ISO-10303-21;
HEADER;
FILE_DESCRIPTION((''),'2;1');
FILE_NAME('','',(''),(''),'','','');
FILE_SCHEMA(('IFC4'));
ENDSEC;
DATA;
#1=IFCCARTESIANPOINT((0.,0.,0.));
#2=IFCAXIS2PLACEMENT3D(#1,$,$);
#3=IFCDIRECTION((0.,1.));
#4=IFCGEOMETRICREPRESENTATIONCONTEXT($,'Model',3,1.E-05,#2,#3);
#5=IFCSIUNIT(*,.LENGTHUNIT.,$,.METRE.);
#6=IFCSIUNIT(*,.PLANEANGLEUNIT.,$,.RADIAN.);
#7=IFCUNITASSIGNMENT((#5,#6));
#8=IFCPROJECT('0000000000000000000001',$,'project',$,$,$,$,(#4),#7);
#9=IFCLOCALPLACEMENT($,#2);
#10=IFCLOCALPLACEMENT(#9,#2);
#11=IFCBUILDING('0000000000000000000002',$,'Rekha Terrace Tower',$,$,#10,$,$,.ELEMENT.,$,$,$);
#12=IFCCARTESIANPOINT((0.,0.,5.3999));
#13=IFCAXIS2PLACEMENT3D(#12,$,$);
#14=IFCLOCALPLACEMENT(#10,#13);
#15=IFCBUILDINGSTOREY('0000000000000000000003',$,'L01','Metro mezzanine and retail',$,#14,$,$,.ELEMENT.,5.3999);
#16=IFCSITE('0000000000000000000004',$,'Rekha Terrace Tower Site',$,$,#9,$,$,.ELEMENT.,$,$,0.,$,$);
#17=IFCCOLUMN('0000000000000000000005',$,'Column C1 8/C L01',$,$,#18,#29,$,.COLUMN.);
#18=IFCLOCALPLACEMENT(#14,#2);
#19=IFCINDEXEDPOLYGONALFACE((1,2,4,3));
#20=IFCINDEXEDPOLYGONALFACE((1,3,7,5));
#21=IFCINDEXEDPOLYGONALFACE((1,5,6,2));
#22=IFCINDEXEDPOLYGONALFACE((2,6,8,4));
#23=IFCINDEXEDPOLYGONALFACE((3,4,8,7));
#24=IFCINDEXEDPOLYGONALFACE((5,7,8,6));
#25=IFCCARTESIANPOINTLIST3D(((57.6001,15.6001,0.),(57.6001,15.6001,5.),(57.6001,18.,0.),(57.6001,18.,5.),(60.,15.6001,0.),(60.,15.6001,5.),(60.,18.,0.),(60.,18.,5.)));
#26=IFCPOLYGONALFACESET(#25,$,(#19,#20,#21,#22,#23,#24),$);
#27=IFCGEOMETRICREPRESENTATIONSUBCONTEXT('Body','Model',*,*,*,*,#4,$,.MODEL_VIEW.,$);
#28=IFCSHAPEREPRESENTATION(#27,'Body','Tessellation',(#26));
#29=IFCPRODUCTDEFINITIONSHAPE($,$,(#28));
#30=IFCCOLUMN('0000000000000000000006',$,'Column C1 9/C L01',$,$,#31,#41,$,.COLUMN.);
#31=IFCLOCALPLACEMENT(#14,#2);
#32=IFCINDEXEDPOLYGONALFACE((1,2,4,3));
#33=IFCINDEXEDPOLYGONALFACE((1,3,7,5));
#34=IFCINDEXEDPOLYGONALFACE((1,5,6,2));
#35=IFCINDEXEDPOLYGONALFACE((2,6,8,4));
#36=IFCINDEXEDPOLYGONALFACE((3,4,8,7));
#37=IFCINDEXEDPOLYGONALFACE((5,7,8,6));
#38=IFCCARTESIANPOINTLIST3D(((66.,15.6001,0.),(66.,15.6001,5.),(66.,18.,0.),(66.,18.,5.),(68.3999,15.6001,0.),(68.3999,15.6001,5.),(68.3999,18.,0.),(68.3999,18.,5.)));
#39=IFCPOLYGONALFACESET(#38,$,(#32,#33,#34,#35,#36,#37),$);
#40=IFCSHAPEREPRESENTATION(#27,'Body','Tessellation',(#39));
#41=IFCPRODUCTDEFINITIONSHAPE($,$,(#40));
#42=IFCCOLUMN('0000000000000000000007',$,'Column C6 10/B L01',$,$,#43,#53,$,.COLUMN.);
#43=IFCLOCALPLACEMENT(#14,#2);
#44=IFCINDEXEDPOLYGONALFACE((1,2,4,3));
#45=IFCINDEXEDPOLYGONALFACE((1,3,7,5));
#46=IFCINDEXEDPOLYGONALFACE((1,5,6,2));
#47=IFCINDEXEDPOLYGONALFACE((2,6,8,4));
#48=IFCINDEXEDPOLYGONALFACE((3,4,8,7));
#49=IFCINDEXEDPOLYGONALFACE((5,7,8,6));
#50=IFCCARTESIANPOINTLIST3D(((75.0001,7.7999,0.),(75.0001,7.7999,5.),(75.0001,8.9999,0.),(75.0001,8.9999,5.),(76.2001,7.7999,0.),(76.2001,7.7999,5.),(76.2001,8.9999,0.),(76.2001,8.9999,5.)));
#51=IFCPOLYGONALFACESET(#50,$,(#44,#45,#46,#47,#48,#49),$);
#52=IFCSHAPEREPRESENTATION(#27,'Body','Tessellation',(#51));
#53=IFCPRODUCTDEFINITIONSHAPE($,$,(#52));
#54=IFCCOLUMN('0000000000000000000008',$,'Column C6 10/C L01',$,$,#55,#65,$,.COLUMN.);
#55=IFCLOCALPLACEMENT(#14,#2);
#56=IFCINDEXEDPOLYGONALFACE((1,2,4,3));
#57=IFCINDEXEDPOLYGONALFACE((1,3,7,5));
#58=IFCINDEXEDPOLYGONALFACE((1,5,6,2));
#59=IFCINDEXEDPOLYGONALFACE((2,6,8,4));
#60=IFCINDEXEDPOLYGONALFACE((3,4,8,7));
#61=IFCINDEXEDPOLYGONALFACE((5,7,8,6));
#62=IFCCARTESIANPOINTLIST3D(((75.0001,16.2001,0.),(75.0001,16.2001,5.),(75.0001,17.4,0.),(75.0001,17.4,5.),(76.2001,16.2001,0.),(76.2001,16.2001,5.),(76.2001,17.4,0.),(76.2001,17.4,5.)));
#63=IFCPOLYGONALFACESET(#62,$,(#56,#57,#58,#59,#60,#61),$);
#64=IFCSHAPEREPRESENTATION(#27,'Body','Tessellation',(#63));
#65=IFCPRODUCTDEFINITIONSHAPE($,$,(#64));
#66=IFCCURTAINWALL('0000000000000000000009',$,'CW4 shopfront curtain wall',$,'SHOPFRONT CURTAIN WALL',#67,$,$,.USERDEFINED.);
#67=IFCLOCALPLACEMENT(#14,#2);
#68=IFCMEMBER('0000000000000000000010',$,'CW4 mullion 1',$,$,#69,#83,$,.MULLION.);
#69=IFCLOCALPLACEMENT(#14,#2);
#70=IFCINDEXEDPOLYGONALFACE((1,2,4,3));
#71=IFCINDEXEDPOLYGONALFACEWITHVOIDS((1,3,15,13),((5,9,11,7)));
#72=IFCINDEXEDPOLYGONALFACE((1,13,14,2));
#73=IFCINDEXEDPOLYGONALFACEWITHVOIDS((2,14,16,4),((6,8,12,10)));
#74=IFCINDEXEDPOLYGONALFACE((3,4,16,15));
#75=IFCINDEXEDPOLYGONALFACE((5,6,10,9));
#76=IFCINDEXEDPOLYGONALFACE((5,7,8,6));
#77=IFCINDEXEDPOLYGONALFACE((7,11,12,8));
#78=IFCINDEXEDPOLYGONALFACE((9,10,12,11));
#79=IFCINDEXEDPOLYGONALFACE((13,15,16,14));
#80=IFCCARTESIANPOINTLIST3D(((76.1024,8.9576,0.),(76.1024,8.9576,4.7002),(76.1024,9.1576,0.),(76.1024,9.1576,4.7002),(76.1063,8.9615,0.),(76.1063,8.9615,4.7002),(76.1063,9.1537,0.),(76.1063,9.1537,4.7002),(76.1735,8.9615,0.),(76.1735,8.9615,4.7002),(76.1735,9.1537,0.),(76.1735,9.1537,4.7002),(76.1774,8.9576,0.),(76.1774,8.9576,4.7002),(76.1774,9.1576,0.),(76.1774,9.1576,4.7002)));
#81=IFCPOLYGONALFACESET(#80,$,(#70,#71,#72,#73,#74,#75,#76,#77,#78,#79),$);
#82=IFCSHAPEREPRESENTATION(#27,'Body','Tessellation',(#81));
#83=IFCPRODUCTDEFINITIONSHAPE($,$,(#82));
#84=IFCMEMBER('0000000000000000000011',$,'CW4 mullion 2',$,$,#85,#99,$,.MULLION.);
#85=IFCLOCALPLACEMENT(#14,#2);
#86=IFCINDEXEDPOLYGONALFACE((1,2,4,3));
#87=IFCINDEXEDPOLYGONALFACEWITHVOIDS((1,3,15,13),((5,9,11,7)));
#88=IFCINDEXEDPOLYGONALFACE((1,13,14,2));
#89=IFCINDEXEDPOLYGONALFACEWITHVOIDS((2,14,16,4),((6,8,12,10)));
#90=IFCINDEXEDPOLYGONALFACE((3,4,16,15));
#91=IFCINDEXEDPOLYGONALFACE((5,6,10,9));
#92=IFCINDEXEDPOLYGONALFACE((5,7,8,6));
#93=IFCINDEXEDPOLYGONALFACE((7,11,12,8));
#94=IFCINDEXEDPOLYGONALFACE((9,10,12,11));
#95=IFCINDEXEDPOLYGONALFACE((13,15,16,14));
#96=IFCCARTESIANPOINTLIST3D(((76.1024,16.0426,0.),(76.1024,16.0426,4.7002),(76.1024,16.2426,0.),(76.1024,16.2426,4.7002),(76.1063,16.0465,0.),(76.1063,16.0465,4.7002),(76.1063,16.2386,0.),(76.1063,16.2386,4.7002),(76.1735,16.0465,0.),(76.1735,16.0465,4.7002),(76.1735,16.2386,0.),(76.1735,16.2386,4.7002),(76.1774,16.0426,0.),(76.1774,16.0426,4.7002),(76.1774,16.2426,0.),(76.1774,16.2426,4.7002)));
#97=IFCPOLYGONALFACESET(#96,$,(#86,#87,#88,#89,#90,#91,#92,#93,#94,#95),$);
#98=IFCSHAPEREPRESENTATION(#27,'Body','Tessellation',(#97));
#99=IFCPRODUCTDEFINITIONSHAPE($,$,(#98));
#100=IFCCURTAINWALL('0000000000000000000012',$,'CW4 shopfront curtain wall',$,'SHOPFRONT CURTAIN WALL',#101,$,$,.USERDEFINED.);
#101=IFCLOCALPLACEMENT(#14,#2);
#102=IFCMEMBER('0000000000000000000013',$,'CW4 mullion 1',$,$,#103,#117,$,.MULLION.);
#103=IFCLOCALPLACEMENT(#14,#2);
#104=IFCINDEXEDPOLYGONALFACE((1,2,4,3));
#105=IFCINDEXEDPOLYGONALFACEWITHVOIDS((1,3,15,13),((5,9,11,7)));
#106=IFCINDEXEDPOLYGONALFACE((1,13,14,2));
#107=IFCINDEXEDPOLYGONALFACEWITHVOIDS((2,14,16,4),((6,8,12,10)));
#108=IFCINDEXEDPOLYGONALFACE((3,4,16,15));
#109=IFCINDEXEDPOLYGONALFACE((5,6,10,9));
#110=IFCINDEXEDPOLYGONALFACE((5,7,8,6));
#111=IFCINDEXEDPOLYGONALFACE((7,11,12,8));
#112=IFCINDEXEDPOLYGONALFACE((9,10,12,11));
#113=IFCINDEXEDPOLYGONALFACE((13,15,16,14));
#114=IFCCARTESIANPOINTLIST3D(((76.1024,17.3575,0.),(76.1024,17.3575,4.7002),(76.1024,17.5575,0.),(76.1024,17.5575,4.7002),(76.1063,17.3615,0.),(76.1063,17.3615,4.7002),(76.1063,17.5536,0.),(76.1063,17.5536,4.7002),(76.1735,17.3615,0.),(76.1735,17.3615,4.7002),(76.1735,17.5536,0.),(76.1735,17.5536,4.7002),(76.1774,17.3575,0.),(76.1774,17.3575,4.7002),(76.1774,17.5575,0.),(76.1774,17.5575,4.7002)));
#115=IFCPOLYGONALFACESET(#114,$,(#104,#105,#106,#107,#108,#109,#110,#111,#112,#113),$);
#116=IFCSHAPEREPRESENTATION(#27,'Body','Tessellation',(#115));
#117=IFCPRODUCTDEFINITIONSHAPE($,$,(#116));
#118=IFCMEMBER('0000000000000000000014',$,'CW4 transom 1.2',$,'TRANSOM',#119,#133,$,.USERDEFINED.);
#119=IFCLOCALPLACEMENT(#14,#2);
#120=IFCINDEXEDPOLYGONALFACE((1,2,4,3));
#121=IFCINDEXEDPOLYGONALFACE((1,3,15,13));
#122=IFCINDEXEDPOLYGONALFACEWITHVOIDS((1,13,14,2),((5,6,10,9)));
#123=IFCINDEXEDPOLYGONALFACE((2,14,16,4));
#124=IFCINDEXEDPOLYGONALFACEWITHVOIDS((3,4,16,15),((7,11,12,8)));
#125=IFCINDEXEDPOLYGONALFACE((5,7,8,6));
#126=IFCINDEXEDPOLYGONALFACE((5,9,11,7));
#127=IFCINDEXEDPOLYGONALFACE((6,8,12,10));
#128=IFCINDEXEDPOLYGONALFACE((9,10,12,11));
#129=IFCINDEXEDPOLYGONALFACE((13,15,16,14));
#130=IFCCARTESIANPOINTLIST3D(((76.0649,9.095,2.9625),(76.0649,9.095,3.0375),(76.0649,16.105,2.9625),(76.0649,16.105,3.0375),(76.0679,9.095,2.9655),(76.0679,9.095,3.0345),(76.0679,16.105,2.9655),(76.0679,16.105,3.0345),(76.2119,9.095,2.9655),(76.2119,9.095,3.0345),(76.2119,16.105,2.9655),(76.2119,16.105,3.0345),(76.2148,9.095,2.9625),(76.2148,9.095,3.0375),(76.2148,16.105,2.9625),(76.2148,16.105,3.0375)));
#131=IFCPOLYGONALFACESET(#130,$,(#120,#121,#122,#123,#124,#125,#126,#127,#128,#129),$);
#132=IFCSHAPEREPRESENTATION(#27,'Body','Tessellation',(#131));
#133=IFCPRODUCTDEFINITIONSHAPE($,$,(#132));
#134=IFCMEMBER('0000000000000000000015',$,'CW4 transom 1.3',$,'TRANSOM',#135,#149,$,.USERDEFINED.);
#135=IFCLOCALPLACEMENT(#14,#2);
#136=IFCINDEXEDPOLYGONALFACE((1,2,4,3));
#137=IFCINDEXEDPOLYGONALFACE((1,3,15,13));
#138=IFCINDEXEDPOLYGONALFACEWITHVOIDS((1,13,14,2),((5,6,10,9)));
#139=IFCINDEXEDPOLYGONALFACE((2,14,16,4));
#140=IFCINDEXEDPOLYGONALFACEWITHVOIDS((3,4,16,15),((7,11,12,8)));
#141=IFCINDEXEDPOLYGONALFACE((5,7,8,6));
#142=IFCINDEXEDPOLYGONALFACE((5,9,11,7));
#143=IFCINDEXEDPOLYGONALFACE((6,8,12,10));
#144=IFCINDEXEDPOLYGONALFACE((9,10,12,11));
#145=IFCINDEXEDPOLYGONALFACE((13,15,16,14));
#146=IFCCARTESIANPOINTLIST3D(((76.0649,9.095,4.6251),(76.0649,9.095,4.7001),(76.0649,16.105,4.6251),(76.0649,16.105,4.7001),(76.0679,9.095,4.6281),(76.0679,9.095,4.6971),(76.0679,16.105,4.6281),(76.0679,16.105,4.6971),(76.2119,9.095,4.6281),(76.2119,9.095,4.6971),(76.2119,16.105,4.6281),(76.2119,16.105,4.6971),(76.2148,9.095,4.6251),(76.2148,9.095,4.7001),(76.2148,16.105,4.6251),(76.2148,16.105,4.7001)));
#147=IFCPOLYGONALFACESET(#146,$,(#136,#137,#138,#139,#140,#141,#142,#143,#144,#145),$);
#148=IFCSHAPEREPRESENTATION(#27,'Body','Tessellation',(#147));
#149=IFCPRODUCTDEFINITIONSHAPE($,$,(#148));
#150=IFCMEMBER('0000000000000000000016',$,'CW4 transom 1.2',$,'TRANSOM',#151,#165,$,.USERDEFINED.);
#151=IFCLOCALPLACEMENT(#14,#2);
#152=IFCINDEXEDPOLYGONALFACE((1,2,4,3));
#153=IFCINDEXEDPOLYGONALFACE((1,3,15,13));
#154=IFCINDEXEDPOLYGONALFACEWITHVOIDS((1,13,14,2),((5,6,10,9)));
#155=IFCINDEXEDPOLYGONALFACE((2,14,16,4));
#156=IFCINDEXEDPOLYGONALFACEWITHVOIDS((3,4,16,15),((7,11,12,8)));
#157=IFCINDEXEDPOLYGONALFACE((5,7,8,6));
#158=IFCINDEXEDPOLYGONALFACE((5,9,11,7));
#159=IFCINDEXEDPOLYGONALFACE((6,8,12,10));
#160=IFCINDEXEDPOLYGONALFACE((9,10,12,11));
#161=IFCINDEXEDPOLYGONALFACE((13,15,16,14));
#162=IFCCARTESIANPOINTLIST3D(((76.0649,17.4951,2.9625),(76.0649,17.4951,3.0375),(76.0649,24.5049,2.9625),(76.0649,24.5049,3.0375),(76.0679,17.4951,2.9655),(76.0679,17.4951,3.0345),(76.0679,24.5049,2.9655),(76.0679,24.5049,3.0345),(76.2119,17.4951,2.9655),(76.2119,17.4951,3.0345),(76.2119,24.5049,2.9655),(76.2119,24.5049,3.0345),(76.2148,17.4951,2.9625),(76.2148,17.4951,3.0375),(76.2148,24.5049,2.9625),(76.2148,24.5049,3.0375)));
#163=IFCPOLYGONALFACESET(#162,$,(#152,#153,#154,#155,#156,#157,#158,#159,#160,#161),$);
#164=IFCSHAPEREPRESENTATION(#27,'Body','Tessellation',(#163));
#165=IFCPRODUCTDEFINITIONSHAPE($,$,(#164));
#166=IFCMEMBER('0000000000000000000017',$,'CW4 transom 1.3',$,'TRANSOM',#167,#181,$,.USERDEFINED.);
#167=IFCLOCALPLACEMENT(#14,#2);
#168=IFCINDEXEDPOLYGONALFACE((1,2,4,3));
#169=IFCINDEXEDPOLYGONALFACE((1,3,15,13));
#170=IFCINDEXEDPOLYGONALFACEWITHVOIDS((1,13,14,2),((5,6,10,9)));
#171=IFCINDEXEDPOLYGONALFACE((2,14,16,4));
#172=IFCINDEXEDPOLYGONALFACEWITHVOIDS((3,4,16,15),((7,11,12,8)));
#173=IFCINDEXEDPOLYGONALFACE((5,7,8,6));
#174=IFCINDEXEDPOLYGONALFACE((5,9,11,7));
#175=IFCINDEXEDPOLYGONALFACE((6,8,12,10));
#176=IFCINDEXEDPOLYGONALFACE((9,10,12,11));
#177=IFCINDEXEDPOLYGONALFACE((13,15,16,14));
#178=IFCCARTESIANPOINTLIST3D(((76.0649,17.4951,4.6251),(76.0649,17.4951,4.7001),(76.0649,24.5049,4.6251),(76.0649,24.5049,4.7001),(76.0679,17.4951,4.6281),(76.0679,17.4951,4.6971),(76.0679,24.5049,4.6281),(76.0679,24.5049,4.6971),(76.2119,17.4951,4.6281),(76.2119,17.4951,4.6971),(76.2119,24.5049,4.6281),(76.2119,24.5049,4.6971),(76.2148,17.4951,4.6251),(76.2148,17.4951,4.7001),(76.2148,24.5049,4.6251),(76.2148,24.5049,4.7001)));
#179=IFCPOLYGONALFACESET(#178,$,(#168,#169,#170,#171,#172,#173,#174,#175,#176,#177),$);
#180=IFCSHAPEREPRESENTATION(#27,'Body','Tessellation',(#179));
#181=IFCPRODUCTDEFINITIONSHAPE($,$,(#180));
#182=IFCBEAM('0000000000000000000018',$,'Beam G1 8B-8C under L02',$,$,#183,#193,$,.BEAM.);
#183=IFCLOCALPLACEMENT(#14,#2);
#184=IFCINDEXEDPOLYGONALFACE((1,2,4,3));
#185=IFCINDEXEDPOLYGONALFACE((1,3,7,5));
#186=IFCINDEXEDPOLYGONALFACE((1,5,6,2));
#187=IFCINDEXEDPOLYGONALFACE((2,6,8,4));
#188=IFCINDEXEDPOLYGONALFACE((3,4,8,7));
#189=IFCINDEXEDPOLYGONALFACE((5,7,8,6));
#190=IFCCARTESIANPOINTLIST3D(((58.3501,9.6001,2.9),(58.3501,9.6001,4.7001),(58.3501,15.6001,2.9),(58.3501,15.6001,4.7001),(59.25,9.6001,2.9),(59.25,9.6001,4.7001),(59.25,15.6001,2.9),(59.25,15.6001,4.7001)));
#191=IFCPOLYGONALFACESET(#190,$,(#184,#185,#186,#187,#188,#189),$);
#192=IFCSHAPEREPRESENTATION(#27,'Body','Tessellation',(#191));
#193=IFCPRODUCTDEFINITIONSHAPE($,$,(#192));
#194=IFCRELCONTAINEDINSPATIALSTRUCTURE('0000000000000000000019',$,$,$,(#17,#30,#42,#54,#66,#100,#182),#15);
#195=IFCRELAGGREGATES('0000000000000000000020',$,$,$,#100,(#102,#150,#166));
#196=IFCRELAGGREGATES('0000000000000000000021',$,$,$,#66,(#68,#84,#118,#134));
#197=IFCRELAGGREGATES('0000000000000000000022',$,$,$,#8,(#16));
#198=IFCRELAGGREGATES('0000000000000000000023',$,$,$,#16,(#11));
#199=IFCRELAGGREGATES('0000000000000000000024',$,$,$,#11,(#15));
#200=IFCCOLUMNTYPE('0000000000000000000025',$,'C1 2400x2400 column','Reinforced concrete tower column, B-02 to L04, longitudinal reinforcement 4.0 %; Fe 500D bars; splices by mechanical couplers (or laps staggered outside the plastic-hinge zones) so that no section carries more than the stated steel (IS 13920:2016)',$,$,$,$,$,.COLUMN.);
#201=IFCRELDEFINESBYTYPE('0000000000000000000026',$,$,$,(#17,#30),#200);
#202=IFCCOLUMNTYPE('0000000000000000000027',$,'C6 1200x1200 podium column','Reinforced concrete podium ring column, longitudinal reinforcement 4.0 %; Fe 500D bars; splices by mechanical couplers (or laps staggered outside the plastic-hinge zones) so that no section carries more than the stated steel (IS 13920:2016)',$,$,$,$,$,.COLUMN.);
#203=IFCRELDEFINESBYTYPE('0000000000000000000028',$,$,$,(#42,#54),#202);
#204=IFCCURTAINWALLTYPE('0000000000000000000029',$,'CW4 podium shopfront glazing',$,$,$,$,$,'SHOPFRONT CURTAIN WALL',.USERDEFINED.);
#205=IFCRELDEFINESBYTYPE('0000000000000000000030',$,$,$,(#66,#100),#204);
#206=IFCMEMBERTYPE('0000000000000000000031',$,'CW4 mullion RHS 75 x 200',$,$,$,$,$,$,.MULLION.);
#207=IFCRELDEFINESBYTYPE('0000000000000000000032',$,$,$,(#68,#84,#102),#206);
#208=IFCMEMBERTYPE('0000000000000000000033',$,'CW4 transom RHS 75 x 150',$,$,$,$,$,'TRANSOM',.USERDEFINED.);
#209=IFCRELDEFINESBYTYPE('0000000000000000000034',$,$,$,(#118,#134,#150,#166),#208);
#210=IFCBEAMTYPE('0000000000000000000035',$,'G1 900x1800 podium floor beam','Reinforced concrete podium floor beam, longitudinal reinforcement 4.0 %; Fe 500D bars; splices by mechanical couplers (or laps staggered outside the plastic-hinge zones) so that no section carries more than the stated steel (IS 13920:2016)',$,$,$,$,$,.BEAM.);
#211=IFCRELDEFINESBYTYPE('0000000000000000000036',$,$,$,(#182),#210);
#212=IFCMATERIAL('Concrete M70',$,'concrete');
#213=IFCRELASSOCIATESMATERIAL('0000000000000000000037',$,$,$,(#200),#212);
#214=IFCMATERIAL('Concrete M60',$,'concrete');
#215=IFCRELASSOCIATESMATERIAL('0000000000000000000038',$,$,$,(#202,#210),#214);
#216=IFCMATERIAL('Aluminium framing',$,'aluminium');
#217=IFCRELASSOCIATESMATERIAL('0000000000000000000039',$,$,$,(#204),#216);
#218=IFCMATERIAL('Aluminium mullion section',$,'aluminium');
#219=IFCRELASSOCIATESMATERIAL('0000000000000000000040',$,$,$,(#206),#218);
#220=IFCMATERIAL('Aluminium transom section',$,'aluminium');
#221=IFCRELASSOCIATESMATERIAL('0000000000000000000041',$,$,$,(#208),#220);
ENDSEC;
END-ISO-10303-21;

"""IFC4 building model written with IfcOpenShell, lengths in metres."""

from ifc_helpers import new_model, si_unit, direction, frame, origin, origin_2d, place, context, subcontext, project, spatial, rectangle, hollow_rectangle, extrude, material, material_profile, profile_set, type_object, element, aggregate, save


model = new_model("IFC4")

# Units and contexts
model_context = context("Model", 3, precision=1e-05, world=origin(), true_north=direction((0.0, 1.0)))
body_context = subcontext(model_context, "Body", "Model", "MODEL_VIEW")
ifc_project = project(units=[si_unit("LENGTHUNIT", "METRE"), si_unit("PLANEANGLEUNIT", "RADIAN")], contexts=[model_context])

# Site, building, storey
site_placement = place(None, origin())
site = spatial("IfcSite", under=ifc_project, at=site_placement, Name="Rekha Terrace Tower Site", CompositionType="ELEMENT", RefElevation=0.0)
building_placement = place(site_placement, origin())
building = spatial("IfcBuilding", under=site, at=building_placement, Name="Rekha Terrace Tower", CompositionType="ELEMENT")
storey_placement = place(building_placement, frame((0.0, 0.0, 5.3999)))
storey = spatial("IfcBuildingStorey", under=building, at=storey_placement, Name="L01", Description="Metro mezzanine and retail", CompositionType="ELEMENT", Elevation=5.3999)

# Columns
ifc_material_1 = material(Name="Concrete M70", Category="concrete")
ifc_material_profile_1 = material_profile(ifc_material_1, rectangle(XDim=2.3999, YDim=2.3999, at=origin_2d()), Name="RC 2400x2400")
ifc_profile_set_1 = profile_set([ifc_material_profile_1], Name="Concrete M70")
column_type_1 = type_object("IfcColumnType", Name="C1 2400x2400 column", Description="Reinforced concrete tower column, B-02 to L04, longitudinal reinforcement 4.0 %; Fe 500D bars; splices by mechanical couplers (or laps staggered outside the plastic-hinge zones) so that no section carries more than the stated steel (IS 13920:2016)", PredefinedType="COLUMN", material=ifc_profile_set_1)
for number, where, z_axis, x_axis, name in (
    (1, (58.8, 16.8, 0.0), (0.0, 0.0, 1.0), (1.0, 0.0, 0.0), "Column C1 8/C L01"),
    (2, (67.2, 16.8, 0.0), (0.0, 0.0, 1.0), (1.0, 0.0, 0.0), "Column C1 9/C L01"),
):
    element("IfcColumn", number, at=place(storey_placement, frame(where, z_axis=z_axis, x_axis=x_axis)), inside=storey, type_object=column_type_1, Name=name, PredefinedType="COLUMN", context=body_context, shape_type="SweptSolid", body=[
        extrude(rectangle(XDim=2.3999, YDim=2.3999, at=origin_2d()), origin(), (0.0, 0.0, 1.0), 5.0),
    ])
ifc_material_2 = material(Name="Concrete M60", Category="concrete")
ifc_material_profile_2 = material_profile(ifc_material_2, rectangle(XDim=1.2, YDim=1.2, at=origin_2d()), Name="RC 1200x1200")
ifc_profile_set_2 = profile_set([ifc_material_profile_2], Name="Concrete M60")
column_type_2 = type_object("IfcColumnType", Name="C6 1200x1200 podium column", Description="Reinforced concrete podium ring column, longitudinal reinforcement 4.0 %; Fe 500D bars; splices by mechanical couplers (or laps staggered outside the plastic-hinge zones) so that no section carries more than the stated steel (IS 13920:2016)", PredefinedType="COLUMN", material=ifc_profile_set_2)
for number, where, z_axis, x_axis, name in (
    (3, (75.6001, 8.3999, 0.0), (0.0, 0.0, 1.0), (1.0, 0.0, 0.0), "Column C6 10/B L01"),
    (4, (75.6001, 16.8, 0.0), (0.0, 0.0, 1.0), (1.0, 0.0, 0.0), "Column C6 10/C L01"),
):
    element("IfcColumn", number, at=place(storey_placement, frame(where, z_axis=z_axis, x_axis=x_axis)), inside=storey, type_object=column_type_2, Name=name, PredefinedType="COLUMN", context=body_context, shape_type="SweptSolid", body=[
        extrude(rectangle(XDim=1.2, YDim=1.2, at=origin_2d()), origin(), (0.0, 0.0, 1.0), 5.0),
    ])

# Curtain wall, members
ifc_material_3 = material(Name="Aluminium framing", Category="aluminium")
curtain_wall_type = type_object("IfcCurtainWallType", Name="CW4 podium shopfront glazing", ElementType="SHOPFRONT CURTAIN WALL", PredefinedType="USERDEFINED", material=ifc_material_3)
curtain_wall_1_placement = place(storey_placement, origin())
curtain_wall_1 = element("IfcCurtainWall", 5, at=curtain_wall_1_placement, inside=storey, type_object=curtain_wall_type, Name="CW4 shopfront curtain wall", ObjectType="SHOPFRONT CURTAIN WALL", PredefinedType="USERDEFINED")
ifc_material_4 = material(Name="Aluminium mullion section", Category="aluminium")
ifc_material_profile_3 = material_profile(ifc_material_4, hollow_rectangle(XDim=0.075, YDim=0.2, WallThickness=0.0039, at=origin_2d()), Name="AL RHS 75x200")
ifc_profile_set_3 = profile_set([ifc_material_profile_3], Name="Aluminium mullion section")
member_type_1 = type_object("IfcMemberType", Name="CW4 mullion RHS 75 x 200", PredefinedType="MULLION", material=ifc_profile_set_3)
member_1_placement = place(storey_placement, frame((76.1399, 9.0576, 0.0), z_axis=(0.0, 0.0, 1.0), x_axis=(-1.0, 0.0, 0.0)))
member_1 = element("IfcMember", 6, at=member_1_placement, type_object=member_type_1, Name="CW4 mullion 1", PredefinedType="MULLION", context=body_context, shape_type="SweptSolid", body=[
    extrude(hollow_rectangle(XDim=0.075, YDim=0.2, WallThickness=0.0039, at=origin_2d()), origin(), (0.0, 0.0, 1.0), 4.7002),
])
member_2_placement = place(storey_placement, frame((76.1399, 16.1426, 0.0), z_axis=(0.0, 0.0, 1.0), x_axis=(-1.0, 0.0, 0.0)))
member_2 = element("IfcMember", 7, at=member_2_placement, type_object=member_type_1, Name="CW4 mullion 2", PredefinedType="MULLION", context=body_context, shape_type="SweptSolid", body=[
    extrude(hollow_rectangle(XDim=0.075, YDim=0.2, WallThickness=0.0039, at=origin_2d()), origin(), (0.0, 0.0, 1.0), 4.7002),
])

# Curtain wall, member
curtain_wall_2_placement = place(storey_placement, origin())
curtain_wall_2 = element("IfcCurtainWall", 8, at=curtain_wall_2_placement, inside=storey, type_object=curtain_wall_type, Name="CW4 shopfront curtain wall", ObjectType="SHOPFRONT CURTAIN WALL", PredefinedType="USERDEFINED")
member_3_placement = place(storey_placement, frame((76.1399, 17.4575, 0.0), z_axis=(0.0, 0.0, 1.0), x_axis=(-1.0, 0.0, 0.0)))
member_3 = element("IfcMember", 9, at=member_3_placement, type_object=member_type_1, Name="CW4 mullion 1", PredefinedType="MULLION", context=body_context, shape_type="SweptSolid", body=[
    extrude(hollow_rectangle(XDim=0.075, YDim=0.2, WallThickness=0.0039, at=origin_2d()), origin(), (0.0, 0.0, 1.0), 4.7002),
])

# Members
ifc_material_5 = material(Name="Aluminium transom section", Category="aluminium")
ifc_material_profile_4 = material_profile(ifc_material_5, hollow_rectangle(XDim=0.1499, YDim=0.075, WallThickness=0.0029, at=origin_2d()), Name="AL RHS 150x75")
ifc_profile_set_4 = profile_set([ifc_material_profile_4], Name="Aluminium transom section")
member_type_2 = type_object("IfcMemberType", Name="CW4 transom RHS 75 x 150", ElementType="TRANSOM", PredefinedType="USERDEFINED", material=ifc_profile_set_4)
member_4_placement = place(storey_placement, frame((76.1399, 9.095, 3.0), z_axis=(0.0, 1.0, 0.0), x_axis=(-1.0, 0.0, 0.0)))
member_4 = element("IfcMember", 10, at=member_4_placement, type_object=member_type_2, Name="CW4 transom 1.2", ObjectType="TRANSOM", PredefinedType="USERDEFINED", context=body_context, shape_type="SweptSolid", body=[
    extrude(hollow_rectangle(XDim=0.1499, YDim=0.075, WallThickness=0.0029, at=origin_2d()), origin(), (0.0, 0.0, 1.0), 7.01),
])
member_5_placement = place(storey_placement, frame((76.1399, 9.095, 4.6626), z_axis=(0.0, 1.0, 0.0), x_axis=(-1.0, 0.0, 0.0)))
member_5 = element("IfcMember", 11, at=member_5_placement, type_object=member_type_2, Name="CW4 transom 1.3", ObjectType="TRANSOM", PredefinedType="USERDEFINED", context=body_context, shape_type="SweptSolid", body=[
    extrude(hollow_rectangle(XDim=0.1499, YDim=0.075, WallThickness=0.0029, at=origin_2d()), origin(), (0.0, 0.0, 1.0), 7.01),
])
member_6_placement = place(storey_placement, frame((76.1399, 17.4951, 3.0), z_axis=(0.0, 1.0, 0.0), x_axis=(-1.0, 0.0, 0.0)))
member_6 = element("IfcMember", 12, at=member_6_placement, type_object=member_type_2, Name="CW4 transom 1.2", ObjectType="TRANSOM", PredefinedType="USERDEFINED", context=body_context, shape_type="SweptSolid", body=[
    extrude(hollow_rectangle(XDim=0.1499, YDim=0.075, WallThickness=0.0029, at=origin_2d()), origin(), (0.0, 0.0, 1.0), 7.0098),
])
member_7_placement = place(storey_placement, frame((76.1399, 17.4951, 4.6626), z_axis=(0.0, 1.0, 0.0), x_axis=(-1.0, 0.0, 0.0)))
member_7 = element("IfcMember", 13, at=member_7_placement, type_object=member_type_2, Name="CW4 transom 1.3", ObjectType="TRANSOM", PredefinedType="USERDEFINED", context=body_context, shape_type="SweptSolid", body=[
    extrude(hollow_rectangle(XDim=0.1499, YDim=0.075, WallThickness=0.0029, at=origin_2d()), origin(), (0.0, 0.0, 1.0), 7.0098),
])
aggregate(curtain_wall_2, [member_3, member_6, member_7])

# Beam
ifc_material_profile_5 = material_profile(ifc_material_2, rectangle(XDim=0.8999, YDim=1.8, at=origin_2d()), Name="RC 900x1800")
ifc_profile_set_5 = profile_set([ifc_material_profile_5], Name="Concrete M60")
beam_type = type_object("IfcBeamType", Name="G1 900x1800 podium floor beam", Description="Reinforced concrete podium floor beam, longitudinal reinforcement 4.0 %; Fe 500D bars; splices by mechanical couplers (or laps staggered outside the plastic-hinge zones) so that no section carries more than the stated steel (IS 13920:2016)", PredefinedType="BEAM", material=ifc_profile_set_5)
for number, where, z_axis, x_axis, name in (
    (14, (58.8, 9.6001, 3.8), (0.0, 1.0, 0.0), (-1.0, 0.0, 0.0), "Beam G1 8B-8C under L02"),
):
    element("IfcBeam", number, at=place(storey_placement, frame(where, z_axis=z_axis, x_axis=x_axis)), inside=storey, type_object=beam_type, Name=name, PredefinedType="BEAM", context=body_context, shape_type="SweptSolid", body=[
        extrude(rectangle(XDim=0.8999, YDim=1.8, at=origin_2d()), origin(), (0.0, 0.0, 1.0), 6.0),
    ])

aggregate(curtain_wall_1, [member_1, member_2, member_4, member_5])

save(model, "model.ifc")
